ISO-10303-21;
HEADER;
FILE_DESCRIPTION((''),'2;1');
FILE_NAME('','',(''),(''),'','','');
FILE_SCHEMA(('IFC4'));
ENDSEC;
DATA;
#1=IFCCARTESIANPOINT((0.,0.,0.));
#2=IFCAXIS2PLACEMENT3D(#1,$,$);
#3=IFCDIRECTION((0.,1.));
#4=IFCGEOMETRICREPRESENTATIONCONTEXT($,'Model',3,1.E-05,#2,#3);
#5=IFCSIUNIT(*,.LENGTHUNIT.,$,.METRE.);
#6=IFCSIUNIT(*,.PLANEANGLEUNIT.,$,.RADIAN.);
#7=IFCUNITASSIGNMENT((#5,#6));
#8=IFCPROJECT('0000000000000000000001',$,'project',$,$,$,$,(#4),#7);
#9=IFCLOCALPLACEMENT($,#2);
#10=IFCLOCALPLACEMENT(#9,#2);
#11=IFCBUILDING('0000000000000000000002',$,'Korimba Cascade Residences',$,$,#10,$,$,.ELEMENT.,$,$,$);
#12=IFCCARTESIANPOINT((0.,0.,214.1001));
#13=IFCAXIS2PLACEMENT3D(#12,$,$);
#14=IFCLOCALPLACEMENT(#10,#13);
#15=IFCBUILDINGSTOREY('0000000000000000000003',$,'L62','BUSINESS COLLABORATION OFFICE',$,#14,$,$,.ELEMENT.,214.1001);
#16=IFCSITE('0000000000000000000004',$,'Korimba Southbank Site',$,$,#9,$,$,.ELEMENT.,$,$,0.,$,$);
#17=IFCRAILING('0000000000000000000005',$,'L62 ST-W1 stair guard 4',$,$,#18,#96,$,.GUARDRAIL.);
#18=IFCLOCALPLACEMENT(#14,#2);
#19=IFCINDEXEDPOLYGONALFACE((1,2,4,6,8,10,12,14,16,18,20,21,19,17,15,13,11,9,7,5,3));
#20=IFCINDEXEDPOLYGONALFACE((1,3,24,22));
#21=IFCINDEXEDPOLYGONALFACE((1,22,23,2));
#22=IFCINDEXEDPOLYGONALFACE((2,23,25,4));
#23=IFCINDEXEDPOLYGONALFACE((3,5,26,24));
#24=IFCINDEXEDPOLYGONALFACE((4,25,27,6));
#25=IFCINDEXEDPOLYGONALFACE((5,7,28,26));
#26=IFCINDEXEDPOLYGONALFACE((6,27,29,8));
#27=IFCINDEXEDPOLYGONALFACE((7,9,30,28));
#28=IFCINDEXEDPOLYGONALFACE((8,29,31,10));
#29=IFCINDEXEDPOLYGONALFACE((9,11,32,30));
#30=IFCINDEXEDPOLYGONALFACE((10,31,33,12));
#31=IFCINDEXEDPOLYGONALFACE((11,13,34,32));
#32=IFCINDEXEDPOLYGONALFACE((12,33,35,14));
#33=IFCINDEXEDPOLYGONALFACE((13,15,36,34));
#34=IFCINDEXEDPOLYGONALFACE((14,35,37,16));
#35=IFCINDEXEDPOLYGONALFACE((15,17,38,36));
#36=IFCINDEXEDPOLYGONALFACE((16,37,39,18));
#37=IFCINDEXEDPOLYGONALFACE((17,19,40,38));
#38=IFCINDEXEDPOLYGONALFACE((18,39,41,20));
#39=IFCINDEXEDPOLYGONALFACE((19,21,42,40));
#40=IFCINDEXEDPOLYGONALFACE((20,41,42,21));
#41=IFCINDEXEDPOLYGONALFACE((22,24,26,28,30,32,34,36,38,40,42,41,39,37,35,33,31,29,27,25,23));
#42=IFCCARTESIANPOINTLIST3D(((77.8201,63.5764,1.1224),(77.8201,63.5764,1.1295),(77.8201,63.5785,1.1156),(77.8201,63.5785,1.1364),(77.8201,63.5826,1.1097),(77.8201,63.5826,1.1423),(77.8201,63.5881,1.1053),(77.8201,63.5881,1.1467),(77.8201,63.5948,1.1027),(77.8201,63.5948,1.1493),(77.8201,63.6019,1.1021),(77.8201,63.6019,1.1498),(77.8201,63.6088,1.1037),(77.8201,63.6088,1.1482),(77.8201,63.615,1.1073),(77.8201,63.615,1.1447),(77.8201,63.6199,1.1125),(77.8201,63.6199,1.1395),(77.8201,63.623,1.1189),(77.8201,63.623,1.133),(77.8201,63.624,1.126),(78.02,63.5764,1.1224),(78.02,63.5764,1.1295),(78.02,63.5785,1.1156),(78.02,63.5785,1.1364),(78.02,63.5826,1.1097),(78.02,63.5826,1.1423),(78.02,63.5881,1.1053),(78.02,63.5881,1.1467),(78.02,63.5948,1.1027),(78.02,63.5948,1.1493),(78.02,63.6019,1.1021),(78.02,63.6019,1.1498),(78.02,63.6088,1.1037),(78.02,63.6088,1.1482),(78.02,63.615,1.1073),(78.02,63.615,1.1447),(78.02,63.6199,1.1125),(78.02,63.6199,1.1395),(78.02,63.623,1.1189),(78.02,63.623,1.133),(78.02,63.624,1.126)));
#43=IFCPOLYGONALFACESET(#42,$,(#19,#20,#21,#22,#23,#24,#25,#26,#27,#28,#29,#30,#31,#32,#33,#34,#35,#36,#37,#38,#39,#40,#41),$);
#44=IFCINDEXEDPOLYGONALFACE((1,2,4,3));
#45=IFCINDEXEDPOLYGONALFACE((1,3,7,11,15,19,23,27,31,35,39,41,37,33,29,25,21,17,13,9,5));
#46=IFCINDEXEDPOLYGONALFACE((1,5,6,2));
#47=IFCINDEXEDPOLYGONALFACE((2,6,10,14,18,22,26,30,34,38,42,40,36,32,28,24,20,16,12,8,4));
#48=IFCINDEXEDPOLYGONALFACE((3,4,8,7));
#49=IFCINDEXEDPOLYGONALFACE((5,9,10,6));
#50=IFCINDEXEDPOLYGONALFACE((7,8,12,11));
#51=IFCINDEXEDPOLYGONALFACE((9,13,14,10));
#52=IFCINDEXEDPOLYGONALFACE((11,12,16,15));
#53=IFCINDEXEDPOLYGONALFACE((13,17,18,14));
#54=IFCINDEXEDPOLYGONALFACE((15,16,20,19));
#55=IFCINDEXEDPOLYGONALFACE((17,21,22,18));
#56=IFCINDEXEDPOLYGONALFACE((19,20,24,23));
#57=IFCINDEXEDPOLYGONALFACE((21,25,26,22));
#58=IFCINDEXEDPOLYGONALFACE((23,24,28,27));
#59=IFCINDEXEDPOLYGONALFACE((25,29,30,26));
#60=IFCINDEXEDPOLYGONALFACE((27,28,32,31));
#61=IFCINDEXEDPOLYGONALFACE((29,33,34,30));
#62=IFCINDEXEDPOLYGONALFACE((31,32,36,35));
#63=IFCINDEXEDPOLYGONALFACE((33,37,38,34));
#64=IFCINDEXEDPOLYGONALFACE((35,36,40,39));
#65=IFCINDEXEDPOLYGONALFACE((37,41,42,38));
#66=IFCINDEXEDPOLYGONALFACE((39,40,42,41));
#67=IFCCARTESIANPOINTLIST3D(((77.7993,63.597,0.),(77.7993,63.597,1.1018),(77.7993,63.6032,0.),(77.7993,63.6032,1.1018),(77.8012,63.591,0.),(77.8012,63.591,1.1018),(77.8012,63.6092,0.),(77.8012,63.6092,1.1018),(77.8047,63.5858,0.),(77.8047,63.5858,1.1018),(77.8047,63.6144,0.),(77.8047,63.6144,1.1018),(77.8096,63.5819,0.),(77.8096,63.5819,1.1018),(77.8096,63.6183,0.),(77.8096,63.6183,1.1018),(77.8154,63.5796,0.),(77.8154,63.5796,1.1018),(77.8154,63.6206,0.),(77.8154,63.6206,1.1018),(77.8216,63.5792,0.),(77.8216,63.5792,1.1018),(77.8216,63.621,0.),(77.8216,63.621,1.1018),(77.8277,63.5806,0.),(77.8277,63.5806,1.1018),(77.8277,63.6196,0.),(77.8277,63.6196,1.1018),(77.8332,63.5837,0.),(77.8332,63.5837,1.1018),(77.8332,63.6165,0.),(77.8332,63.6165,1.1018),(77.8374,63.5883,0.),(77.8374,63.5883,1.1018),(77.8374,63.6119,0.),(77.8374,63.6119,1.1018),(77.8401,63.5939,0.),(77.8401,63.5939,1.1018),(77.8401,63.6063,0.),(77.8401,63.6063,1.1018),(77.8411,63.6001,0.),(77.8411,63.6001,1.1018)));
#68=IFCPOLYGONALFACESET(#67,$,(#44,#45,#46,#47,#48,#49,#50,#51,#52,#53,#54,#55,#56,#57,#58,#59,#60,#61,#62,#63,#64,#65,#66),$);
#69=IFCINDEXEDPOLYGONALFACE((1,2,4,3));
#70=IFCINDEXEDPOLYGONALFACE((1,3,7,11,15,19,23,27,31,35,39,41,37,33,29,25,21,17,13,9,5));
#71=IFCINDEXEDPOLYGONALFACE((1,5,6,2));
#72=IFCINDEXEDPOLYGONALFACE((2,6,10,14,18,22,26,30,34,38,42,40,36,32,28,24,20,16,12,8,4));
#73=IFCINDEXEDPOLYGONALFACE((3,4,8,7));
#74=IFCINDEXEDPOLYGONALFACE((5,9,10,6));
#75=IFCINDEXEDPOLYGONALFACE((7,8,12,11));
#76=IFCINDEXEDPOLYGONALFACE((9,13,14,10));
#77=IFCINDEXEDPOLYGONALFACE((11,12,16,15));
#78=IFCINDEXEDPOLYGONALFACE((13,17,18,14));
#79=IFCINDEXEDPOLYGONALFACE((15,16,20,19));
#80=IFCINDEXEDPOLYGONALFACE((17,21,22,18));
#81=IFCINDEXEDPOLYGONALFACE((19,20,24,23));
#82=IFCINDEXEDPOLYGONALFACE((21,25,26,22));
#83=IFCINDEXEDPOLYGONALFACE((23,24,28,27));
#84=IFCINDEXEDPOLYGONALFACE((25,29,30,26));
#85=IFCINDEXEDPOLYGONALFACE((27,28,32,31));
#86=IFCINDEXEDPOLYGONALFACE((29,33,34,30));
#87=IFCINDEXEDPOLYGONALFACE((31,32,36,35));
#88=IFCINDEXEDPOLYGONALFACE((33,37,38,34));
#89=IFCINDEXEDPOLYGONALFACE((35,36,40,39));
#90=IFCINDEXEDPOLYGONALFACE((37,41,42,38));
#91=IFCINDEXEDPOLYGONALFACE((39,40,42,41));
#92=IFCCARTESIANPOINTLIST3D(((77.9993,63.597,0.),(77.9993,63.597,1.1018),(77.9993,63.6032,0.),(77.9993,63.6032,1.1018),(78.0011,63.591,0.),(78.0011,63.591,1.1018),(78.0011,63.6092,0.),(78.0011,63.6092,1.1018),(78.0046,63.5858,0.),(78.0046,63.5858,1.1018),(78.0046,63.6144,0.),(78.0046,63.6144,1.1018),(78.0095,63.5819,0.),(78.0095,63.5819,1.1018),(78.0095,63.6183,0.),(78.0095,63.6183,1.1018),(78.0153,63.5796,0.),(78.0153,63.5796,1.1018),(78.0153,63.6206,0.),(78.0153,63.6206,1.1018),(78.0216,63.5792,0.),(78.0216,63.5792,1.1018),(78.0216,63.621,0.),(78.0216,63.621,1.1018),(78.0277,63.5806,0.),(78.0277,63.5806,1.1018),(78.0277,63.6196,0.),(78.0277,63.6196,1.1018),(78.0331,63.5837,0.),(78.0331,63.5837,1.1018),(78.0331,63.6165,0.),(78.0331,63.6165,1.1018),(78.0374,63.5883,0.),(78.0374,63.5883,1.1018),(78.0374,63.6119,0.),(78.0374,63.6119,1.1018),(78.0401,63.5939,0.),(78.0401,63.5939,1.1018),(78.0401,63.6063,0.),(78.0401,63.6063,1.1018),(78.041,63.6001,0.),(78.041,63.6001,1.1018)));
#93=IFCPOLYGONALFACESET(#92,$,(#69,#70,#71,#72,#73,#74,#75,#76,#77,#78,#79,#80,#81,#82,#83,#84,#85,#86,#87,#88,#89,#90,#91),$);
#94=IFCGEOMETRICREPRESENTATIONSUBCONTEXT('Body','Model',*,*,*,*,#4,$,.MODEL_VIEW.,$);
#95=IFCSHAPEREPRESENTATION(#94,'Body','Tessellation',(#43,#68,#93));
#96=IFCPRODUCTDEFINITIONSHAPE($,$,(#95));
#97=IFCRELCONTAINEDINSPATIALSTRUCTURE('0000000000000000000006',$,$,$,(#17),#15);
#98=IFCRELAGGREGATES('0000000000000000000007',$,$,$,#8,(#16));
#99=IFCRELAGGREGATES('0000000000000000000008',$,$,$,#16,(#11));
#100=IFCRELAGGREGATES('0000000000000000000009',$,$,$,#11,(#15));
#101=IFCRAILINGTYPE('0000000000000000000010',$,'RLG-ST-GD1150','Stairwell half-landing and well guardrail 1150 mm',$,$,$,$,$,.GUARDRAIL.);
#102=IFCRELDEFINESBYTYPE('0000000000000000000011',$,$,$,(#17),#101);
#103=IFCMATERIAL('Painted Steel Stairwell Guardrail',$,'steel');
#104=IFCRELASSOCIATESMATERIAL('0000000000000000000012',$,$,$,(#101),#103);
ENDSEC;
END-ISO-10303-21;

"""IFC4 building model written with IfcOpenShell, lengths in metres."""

from ifc_helpers import new_model, si_unit, direction, frame, origin, origin_2d, place, context, subcontext, project, spatial, circle, extrude, material, type_object, element, save


model = new_model("IFC4")

# Units and contexts
model_context = context("Model", 3, precision=1e-05, world=origin(), true_north=direction((0.0, 1.0)))
body_context = subcontext(model_context, "Body", "Model", "MODEL_VIEW")
ifc_project = project(units=[si_unit("LENGTHUNIT", "METRE"), si_unit("PLANEANGLEUNIT", "RADIAN")], contexts=[model_context])

# Site, building, storey
site_placement = place(None, origin())
site = spatial("IfcSite", under=ifc_project, at=site_placement, Name="Korimba Southbank Site", CompositionType="ELEMENT", RefElevation=0.0)
building_placement = place(site_placement, origin())
building = spatial("IfcBuilding", under=site, at=building_placement, Name="Korimba Cascade Residences", CompositionType="ELEMENT")
storey_placement = place(building_placement, frame((0.0, 0.0, 214.1001)))
storey = spatial("IfcBuildingStorey", under=building, at=storey_placement, Name="L62", Description="BUSINESS COLLABORATION OFFICE", CompositionType="ELEMENT", Elevation=214.1001)

# Railing
ifc_material_1 = material(Name="Painted Steel Stairwell Guardrail", Category="steel")
railing_type_1 = type_object("IfcRailingType", Name="RLG-ST-GD1150", Description="Stairwell half-landing and well guardrail 1150 mm", PredefinedType="GUARDRAIL", material=ifc_material_1)
railing_1_placement = place(storey_placement, frame((77.8201, 63.6001, 0.0)))
element("IfcRailing", 1, at=railing_1_placement, inside=storey, type_object=railing_type_1, Name="L62 ST-W1 stair guard 4", PredefinedType="GUARDRAIL", context=body_context, shape_type="SweptSolid", body=[
    extrude(circle(Radius=0.0239, at=origin_2d()), frame((0.0, 0.0, 1.126), z_axis=(1.0, 0.0, 0.0), x_axis=(0.0, 1.0, 0.0)), (0.0, 0.0, 1.0), 0.2),
    extrude(circle(Radius=0.021, at=origin_2d()), origin(), (0.0, 0.0, 1.0), 1.1018),
    extrude(circle(Radius=0.021, at=origin_2d()), frame((0.2, 0.0, 0.0)), (0.0, 0.0, 1.0), 1.1018),
])

save(model, "model.ifc")
